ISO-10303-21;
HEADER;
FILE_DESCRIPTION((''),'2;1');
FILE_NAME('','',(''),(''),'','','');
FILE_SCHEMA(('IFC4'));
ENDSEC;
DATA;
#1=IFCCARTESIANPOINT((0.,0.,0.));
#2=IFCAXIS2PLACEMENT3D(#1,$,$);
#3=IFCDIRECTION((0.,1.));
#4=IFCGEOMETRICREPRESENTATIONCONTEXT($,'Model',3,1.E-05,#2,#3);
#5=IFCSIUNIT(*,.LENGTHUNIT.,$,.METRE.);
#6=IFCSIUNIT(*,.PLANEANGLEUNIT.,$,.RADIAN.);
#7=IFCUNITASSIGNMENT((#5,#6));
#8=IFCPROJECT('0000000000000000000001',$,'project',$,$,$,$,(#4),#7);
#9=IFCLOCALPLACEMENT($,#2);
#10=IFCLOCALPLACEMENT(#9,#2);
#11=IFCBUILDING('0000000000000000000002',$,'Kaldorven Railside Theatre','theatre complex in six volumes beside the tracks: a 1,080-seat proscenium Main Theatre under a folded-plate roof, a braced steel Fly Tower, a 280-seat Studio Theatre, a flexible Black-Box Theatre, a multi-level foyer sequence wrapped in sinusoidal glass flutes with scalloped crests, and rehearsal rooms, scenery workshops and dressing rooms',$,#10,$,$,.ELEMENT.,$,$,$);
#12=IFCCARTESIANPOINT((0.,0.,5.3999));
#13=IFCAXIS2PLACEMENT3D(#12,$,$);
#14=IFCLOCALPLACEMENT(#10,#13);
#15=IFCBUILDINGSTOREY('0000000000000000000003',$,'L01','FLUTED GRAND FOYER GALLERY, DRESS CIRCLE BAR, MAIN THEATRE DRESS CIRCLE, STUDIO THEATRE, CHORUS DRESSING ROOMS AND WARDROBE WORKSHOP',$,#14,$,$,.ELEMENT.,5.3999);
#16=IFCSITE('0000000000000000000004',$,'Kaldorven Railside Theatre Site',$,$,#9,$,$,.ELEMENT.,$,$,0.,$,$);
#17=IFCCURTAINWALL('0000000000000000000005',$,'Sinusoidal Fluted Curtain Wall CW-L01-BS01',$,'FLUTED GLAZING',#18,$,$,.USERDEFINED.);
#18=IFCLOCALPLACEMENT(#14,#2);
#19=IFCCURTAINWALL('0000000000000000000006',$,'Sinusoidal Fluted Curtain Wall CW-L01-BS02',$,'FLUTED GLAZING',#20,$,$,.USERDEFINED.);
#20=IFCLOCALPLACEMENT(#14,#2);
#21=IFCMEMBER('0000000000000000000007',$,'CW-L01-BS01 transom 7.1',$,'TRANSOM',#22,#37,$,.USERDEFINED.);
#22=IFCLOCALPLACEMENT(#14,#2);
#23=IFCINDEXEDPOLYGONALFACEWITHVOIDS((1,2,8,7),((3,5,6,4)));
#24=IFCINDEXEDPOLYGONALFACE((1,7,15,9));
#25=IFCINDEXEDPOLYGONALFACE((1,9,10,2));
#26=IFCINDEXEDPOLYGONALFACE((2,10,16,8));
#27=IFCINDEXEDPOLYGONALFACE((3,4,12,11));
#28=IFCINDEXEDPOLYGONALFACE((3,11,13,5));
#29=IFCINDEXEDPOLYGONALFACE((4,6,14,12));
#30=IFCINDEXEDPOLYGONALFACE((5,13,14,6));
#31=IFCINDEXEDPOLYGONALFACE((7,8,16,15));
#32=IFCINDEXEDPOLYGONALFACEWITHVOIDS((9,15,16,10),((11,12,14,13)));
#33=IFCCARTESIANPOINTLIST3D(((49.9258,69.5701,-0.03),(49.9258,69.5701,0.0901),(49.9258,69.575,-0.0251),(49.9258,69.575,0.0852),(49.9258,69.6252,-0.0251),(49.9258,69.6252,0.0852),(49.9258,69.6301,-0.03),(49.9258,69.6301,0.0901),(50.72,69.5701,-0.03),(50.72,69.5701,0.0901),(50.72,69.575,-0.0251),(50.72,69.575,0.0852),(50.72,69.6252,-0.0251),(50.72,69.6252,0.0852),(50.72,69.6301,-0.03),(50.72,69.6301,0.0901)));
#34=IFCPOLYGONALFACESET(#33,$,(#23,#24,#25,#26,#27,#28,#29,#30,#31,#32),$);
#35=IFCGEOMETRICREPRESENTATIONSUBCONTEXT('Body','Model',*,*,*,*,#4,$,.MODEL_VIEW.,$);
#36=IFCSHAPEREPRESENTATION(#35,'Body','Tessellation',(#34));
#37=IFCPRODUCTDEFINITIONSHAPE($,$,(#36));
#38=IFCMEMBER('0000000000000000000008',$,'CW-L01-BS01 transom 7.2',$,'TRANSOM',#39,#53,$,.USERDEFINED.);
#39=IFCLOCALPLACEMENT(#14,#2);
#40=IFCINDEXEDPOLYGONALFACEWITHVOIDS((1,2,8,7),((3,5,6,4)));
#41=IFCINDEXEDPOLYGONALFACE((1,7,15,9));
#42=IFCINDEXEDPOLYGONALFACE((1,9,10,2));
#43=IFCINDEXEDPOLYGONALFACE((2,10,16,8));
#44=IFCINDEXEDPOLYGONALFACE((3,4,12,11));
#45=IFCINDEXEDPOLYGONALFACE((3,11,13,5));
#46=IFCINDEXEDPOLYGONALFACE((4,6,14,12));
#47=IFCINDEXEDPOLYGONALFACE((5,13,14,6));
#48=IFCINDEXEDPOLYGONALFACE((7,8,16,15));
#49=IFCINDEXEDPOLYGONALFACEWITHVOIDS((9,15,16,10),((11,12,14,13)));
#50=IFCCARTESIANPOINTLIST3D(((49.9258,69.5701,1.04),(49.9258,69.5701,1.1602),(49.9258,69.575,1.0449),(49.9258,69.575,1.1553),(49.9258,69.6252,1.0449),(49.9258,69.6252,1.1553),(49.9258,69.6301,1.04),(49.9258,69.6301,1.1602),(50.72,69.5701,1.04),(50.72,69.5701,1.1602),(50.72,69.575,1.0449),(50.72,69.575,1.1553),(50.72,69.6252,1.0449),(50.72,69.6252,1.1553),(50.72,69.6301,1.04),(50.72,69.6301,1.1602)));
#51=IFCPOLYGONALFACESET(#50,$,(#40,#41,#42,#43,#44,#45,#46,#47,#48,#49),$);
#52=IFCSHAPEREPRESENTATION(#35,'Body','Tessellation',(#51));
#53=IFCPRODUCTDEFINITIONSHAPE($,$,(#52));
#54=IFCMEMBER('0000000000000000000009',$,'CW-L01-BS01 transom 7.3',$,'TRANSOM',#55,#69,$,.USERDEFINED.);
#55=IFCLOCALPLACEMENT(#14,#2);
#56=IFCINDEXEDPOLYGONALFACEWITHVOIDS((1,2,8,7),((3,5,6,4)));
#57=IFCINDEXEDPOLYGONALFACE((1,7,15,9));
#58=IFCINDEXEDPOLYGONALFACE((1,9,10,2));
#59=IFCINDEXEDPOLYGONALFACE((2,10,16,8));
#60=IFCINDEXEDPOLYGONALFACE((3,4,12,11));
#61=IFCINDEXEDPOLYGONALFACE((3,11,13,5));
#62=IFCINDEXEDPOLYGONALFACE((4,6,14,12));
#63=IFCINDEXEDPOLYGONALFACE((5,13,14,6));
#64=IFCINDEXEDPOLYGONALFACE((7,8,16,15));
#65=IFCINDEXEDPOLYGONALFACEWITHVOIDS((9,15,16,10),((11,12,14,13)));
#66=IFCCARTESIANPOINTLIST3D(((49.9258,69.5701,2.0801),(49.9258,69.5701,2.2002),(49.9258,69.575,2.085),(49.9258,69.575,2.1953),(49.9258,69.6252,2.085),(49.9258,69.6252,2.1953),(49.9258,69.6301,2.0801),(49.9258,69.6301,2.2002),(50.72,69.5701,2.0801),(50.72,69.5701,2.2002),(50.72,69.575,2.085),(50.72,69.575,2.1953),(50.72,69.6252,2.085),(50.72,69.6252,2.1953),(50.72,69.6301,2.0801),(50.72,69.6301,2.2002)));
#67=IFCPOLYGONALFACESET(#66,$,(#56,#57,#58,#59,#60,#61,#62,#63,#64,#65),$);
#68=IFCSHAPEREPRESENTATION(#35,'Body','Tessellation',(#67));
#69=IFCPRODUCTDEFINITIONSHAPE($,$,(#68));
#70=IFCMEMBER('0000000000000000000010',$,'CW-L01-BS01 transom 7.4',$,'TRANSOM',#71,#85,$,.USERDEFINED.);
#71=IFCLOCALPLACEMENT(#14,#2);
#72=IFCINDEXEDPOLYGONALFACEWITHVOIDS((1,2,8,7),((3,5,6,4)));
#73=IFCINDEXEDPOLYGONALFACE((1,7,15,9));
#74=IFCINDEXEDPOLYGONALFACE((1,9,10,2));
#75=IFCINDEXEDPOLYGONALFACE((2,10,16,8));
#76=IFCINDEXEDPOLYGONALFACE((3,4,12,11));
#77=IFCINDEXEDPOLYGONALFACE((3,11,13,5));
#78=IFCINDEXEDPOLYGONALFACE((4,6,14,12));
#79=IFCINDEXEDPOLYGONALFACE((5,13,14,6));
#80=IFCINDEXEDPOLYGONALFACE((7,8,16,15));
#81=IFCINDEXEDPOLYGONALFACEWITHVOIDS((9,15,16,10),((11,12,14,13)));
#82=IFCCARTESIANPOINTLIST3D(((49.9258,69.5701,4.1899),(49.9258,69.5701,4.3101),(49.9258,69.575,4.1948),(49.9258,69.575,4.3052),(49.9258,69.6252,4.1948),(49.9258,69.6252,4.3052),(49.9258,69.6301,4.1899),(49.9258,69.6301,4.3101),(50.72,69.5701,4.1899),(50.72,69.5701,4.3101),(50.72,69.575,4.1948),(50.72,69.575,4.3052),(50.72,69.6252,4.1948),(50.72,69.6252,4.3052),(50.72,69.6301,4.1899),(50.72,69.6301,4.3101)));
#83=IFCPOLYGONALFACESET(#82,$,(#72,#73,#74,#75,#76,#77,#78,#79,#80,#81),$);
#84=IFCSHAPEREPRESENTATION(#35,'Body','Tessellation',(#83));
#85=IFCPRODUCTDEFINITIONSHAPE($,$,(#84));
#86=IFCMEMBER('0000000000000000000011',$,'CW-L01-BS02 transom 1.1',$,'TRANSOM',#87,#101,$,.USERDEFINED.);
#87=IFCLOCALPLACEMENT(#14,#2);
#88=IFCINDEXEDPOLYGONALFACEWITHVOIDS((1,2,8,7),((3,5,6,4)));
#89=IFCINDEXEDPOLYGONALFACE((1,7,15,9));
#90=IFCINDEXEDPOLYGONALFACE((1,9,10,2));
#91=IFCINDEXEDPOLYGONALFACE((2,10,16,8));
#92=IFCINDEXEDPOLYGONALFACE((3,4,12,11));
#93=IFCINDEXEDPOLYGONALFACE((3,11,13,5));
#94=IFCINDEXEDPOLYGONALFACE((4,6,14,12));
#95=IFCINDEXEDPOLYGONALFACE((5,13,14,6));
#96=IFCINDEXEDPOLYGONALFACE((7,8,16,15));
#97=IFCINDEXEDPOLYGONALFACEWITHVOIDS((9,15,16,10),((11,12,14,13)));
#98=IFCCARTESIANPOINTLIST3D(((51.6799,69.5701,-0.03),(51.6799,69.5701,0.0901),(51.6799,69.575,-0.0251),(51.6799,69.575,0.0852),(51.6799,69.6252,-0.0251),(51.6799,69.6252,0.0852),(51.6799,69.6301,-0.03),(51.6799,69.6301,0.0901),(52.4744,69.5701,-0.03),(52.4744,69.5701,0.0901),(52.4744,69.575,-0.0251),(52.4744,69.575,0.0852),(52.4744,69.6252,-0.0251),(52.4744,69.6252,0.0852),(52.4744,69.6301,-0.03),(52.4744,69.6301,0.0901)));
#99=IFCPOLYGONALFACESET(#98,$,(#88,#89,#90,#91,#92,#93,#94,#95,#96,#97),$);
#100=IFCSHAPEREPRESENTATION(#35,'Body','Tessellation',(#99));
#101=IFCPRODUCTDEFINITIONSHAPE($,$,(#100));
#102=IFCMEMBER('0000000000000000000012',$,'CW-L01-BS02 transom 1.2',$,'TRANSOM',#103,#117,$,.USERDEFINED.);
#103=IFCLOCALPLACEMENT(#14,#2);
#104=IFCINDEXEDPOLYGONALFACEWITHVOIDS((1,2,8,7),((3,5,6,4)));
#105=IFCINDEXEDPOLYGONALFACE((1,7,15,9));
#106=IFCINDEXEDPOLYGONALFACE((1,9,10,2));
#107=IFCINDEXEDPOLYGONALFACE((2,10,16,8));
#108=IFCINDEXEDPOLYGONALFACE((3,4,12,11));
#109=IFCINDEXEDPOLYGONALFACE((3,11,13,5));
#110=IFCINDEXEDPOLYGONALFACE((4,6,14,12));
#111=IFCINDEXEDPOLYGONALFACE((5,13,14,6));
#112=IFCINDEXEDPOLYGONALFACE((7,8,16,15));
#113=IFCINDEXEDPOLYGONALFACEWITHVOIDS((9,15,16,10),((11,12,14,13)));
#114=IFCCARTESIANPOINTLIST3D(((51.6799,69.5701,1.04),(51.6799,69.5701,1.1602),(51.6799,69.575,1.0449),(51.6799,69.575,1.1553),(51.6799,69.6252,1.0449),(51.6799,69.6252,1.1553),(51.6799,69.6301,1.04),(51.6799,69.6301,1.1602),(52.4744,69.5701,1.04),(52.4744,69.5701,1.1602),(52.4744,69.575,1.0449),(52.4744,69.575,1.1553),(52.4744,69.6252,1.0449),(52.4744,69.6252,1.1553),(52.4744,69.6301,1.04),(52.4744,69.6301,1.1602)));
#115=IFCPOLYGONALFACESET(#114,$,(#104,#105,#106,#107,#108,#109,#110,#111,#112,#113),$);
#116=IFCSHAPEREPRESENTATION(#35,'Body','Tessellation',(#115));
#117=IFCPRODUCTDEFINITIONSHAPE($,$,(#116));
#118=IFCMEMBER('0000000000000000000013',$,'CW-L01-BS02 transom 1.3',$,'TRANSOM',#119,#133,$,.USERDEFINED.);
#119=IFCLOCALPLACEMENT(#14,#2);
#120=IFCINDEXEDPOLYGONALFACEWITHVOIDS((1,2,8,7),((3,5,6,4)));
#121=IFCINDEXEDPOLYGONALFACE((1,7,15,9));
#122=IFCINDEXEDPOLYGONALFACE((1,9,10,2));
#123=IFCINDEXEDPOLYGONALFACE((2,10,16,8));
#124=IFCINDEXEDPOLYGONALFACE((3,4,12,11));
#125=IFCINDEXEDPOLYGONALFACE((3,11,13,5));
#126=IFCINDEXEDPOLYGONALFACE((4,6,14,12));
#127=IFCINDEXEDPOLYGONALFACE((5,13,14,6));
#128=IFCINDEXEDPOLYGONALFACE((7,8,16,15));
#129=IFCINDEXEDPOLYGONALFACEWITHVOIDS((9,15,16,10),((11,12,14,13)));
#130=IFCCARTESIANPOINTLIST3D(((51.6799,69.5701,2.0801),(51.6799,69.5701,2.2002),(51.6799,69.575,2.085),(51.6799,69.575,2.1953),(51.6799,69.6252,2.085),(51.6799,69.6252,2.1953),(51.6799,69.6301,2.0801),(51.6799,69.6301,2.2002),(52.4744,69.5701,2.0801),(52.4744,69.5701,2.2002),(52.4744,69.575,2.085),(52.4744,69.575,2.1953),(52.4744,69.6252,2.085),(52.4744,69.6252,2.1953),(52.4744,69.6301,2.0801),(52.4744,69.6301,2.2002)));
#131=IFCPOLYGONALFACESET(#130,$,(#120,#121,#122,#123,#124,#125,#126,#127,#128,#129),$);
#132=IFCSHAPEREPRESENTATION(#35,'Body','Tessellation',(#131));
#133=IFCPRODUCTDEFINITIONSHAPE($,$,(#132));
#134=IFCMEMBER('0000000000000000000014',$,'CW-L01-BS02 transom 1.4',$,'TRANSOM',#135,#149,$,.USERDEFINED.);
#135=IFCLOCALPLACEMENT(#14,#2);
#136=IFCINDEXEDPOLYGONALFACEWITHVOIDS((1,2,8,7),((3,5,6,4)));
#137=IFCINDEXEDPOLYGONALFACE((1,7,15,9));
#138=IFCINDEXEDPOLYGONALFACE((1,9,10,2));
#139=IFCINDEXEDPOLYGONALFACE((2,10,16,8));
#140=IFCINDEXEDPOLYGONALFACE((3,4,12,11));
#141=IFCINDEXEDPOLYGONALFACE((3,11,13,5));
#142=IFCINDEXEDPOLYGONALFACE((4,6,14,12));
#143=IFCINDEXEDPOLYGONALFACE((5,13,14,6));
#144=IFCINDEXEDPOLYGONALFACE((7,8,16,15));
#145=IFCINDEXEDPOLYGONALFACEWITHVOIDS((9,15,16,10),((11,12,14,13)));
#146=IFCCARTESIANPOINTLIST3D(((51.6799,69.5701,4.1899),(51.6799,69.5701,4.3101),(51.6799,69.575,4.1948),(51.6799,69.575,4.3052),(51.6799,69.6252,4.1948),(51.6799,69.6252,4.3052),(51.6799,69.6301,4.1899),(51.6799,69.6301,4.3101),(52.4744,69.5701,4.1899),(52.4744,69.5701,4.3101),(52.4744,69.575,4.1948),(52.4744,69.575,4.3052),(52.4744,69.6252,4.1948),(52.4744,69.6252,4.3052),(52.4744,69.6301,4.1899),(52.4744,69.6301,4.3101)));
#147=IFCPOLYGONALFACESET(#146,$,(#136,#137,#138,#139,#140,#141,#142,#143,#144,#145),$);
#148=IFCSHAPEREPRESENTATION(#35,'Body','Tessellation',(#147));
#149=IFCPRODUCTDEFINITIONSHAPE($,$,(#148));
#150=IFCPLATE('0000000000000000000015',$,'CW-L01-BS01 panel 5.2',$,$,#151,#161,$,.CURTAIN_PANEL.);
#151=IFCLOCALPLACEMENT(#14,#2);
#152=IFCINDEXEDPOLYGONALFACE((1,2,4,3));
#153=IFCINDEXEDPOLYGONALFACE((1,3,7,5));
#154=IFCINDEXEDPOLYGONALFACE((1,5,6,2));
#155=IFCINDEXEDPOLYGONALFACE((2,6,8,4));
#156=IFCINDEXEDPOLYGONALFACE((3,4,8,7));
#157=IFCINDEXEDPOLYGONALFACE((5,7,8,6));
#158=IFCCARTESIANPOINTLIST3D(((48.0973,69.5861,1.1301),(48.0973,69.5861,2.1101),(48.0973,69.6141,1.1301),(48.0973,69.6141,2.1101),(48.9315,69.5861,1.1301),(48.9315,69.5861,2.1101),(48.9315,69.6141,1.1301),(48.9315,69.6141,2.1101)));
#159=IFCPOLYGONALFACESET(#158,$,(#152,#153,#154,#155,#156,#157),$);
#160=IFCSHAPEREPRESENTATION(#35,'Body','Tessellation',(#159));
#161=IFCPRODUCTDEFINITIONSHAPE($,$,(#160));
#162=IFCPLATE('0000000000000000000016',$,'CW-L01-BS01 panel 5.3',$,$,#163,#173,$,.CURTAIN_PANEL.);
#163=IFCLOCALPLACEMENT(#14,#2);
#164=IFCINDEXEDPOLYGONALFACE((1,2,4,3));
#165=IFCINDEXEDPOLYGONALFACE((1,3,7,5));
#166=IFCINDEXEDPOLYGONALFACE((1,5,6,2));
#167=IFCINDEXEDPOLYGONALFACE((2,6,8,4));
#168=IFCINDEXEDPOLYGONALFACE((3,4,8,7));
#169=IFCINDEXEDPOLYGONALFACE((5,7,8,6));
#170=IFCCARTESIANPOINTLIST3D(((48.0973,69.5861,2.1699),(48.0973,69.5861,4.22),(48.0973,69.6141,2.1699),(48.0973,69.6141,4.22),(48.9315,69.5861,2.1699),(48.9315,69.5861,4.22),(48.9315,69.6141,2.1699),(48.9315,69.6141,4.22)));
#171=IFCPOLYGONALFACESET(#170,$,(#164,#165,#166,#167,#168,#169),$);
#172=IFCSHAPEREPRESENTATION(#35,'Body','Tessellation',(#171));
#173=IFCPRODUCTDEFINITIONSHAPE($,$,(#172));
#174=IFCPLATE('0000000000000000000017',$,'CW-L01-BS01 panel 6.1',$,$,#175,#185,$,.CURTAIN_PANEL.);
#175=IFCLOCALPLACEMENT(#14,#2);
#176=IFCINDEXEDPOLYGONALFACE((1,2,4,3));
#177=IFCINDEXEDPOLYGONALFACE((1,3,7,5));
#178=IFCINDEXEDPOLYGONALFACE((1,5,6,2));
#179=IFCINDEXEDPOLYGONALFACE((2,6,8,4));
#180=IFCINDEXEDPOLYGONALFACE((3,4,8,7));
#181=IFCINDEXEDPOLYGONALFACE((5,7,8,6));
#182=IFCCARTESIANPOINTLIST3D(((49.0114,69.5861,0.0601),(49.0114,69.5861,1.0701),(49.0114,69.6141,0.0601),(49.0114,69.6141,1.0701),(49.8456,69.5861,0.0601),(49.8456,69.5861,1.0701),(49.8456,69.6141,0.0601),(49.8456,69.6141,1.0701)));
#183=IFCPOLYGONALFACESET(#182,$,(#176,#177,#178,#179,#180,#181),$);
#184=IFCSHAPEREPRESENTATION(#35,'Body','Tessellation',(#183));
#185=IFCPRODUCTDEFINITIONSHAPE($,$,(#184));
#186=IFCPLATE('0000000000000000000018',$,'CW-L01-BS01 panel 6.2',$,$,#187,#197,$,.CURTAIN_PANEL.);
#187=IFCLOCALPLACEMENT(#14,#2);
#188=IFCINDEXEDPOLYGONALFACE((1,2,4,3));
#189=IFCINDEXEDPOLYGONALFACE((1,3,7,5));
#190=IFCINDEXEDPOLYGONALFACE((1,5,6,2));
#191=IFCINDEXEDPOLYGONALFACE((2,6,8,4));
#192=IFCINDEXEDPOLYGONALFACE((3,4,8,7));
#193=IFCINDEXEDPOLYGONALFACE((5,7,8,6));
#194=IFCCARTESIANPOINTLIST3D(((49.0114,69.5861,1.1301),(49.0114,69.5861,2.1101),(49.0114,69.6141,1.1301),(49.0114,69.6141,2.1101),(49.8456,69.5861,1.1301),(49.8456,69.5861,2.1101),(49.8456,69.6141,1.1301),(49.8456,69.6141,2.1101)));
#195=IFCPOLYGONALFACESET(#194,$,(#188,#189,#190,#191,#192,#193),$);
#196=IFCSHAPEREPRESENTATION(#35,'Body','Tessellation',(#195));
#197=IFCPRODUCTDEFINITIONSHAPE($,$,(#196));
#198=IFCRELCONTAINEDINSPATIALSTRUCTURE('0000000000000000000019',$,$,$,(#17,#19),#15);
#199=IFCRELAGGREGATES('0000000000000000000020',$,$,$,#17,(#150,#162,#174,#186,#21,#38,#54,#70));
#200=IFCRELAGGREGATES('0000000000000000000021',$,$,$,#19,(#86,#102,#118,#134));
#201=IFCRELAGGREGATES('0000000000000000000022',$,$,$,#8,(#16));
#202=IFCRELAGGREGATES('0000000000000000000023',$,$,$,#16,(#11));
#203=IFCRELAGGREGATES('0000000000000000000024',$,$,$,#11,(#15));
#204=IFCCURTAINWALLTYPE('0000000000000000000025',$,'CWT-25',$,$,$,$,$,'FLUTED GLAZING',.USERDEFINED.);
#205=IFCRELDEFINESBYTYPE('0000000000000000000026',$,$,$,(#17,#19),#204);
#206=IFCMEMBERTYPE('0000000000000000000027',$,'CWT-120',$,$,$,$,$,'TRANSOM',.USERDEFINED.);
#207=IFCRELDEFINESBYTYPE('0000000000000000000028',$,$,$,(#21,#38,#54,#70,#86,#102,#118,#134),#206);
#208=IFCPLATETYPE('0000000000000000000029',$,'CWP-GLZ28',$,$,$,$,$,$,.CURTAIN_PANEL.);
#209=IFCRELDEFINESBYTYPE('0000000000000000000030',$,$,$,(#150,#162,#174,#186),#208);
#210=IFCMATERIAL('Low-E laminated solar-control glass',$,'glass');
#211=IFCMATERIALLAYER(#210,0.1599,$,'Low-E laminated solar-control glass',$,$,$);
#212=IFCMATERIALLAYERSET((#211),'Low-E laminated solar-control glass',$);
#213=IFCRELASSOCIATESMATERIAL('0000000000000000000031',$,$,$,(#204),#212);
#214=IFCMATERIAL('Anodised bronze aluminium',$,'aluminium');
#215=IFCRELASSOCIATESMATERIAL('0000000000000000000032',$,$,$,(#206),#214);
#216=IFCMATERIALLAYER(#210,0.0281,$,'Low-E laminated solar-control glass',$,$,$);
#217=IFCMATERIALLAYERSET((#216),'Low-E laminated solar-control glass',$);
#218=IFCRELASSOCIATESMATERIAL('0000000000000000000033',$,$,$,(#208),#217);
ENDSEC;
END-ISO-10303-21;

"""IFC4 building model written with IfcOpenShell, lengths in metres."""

from ifc_helpers import new_model, si_unit, direction, frame, origin, origin_2d, place, context, subcontext, project, spatial, rectangle, hollow_rectangle, extrude, material, layer, layer_set, material_profile, profile_set, type_object, element, aggregate, save


model = new_model("IFC4")

# Units and contexts
model_context = context("Model", 3, precision=1e-05, world=origin(), true_north=direction((0.0, 1.0)))
body_context = subcontext(model_context, "Body", "Model", "MODEL_VIEW")
ifc_project = project(units=[si_unit("LENGTHUNIT", "METRE"), si_unit("PLANEANGLEUNIT", "RADIAN")], contexts=[model_context])

# Site, building, storey
site_placement = place(None, origin())
site = spatial("IfcSite", under=ifc_project, at=site_placement, Name="Kaldorven Railside Theatre Site", CompositionType="ELEMENT", RefElevation=0.0)
building_placement = place(site_placement, origin())
building = spatial("IfcBuilding", under=site, at=building_placement, Name="Kaldorven Railside Theatre", Description="theatre complex in six volumes beside the tracks: a 1,080-seat proscenium Main Theatre under a folded-plate roof, a braced steel Fly Tower, a 280-seat Studio Theatre, a flexible Black-Box Theatre, a multi-level foyer sequence wrapped in sinusoidal glass flutes with scalloped crests, and rehearsal rooms, scenery workshops and dressing rooms", CompositionType="ELEMENT")
storey_placement = place(building_placement, frame((0.0, 0.0, 5.3999)))
storey = spatial("IfcBuildingStorey", under=building, at=storey_placement, Name="L01", Description="FLUTED GRAND FOYER GALLERY, DRESS CIRCLE BAR, MAIN THEATRE DRESS CIRCLE, STUDIO THEATRE, CHORUS DRESSING ROOMS AND WARDROBE WORKSHOP", CompositionType="ELEMENT", Elevation=5.3999)

# Curtain wall
ifc_material_1 = material(Name="Low-E laminated solar-control glass", Category="glass")
ifc_layer_1 = layer(ifc_material_1, 0.1599, Name="Low-E laminated solar-control glass")
ifc_layer_set_1 = layer_set([ifc_layer_1], Name="Low-E laminated solar-control glass")
curtain_wall_type = type_object("IfcCurtainWallType", Name="CWT-25", ElementType="FLUTED GLAZING", PredefinedType="USERDEFINED", material=ifc_layer_set_1)
curtain_wall_1_placement = place(storey_placement, origin())
curtain_wall_1 = element("IfcCurtainWall", 1, at=curtain_wall_1_placement, inside=storey, type_object=curtain_wall_type, Name="Sinusoidal Fluted Curtain Wall CW-L01-BS01", ObjectType="FLUTED GLAZING", PredefinedType="USERDEFINED")
ifc_material_2 = material(Name="Anodised bronze aluminium", Category="aluminium")

# Curtain wall
curtain_wall_2_placement = place(storey_placement, origin())
curtain_wall_2 = element("IfcCurtainWall", 2, at=curtain_wall_2_placement, inside=storey, type_object=curtain_wall_type, Name="Sinusoidal Fluted Curtain Wall CW-L01-BS02", ObjectType="FLUTED GLAZING", PredefinedType="USERDEFINED")

# Members
ifc_material_profile_1 = material_profile(ifc_material_2, hollow_rectangle(XDim=0.0601, YDim=0.1201, WallThickness=0.0049, at=origin_2d()), Name="RHS 120x60x5")
ifc_profile_set_1 = profile_set([ifc_material_profile_1], Name="Anodised bronze aluminium")
member_type_1 = type_object("IfcMemberType", Name="CWT-120", ElementType="TRANSOM", PredefinedType="USERDEFINED", material=ifc_profile_set_1)
member_1_placement = place(storey_placement, frame((49.9258, 69.6001, 0.03), z_axis=(1.0, 0.0, 0.0), x_axis=(0.0, 1.0, 0.0)))
member_1 = element("IfcMember", 3, at=member_1_placement, type_object=member_type_1, Name="CW-L01-BS01 transom 7.1", ObjectType="TRANSOM", PredefinedType="USERDEFINED", context=body_context, shape_type="SweptSolid", body=[
    extrude(hollow_rectangle(XDim=0.0601, YDim=0.1201, WallThickness=0.0049, at=origin_2d()), origin(), (0.0, 0.0, 1.0), 0.7942),
])
member_2_placement = place(storey_placement, frame((49.9258, 69.6001, 1.1001), z_axis=(1.0, 0.0, 0.0), x_axis=(0.0, 1.0, 0.0)))
member_2 = element("IfcMember", 4, at=member_2_placement, type_object=member_type_1, Name="CW-L01-BS01 transom 7.2", ObjectType="TRANSOM", PredefinedType="USERDEFINED", context=body_context, shape_type="SweptSolid", body=[
    extrude(hollow_rectangle(XDim=0.0601, YDim=0.1201, WallThickness=0.0049, at=origin_2d()), origin(), (0.0, 0.0, 1.0), 0.7942),
])
member_3_placement = place(storey_placement, frame((49.9258, 69.6001, 2.1401), z_axis=(1.0, 0.0, 0.0), x_axis=(0.0, 1.0, 0.0)))
member_3 = element("IfcMember", 5, at=member_3_placement, type_object=member_type_1, Name="CW-L01-BS01 transom 7.3", ObjectType="TRANSOM", PredefinedType="USERDEFINED", context=body_context, shape_type="SweptSolid", body=[
    extrude(hollow_rectangle(XDim=0.0601, YDim=0.1201, WallThickness=0.0049, at=origin_2d()), origin(), (0.0, 0.0, 1.0), 0.7942),
])
member_4_placement = place(storey_placement, frame((49.9258, 69.6001, 4.25), z_axis=(1.0, 0.0, 0.0), x_axis=(0.0, 1.0, 0.0)))
member_4 = element("IfcMember", 6, at=member_4_placement, type_object=member_type_1, Name="CW-L01-BS01 transom 7.4", ObjectType="TRANSOM", PredefinedType="USERDEFINED", context=body_context, shape_type="SweptSolid", body=[
    extrude(hollow_rectangle(XDim=0.0601, YDim=0.1201, WallThickness=0.0049, at=origin_2d()), origin(), (0.0, 0.0, 1.0), 0.7942),
])
member_5_placement = place(storey_placement, frame((51.6799, 69.6001, 0.03), z_axis=(1.0, 0.0, 0.0), x_axis=(0.0, 1.0, 0.0)))
member_5 = element("IfcMember", 7, at=member_5_placement, type_object=member_type_1, Name="CW-L01-BS02 transom 1.1", ObjectType="TRANSOM", PredefinedType="USERDEFINED", context=body_context, shape_type="SweptSolid", body=[
    extrude(hollow_rectangle(XDim=0.0601, YDim=0.1201, WallThickness=0.0049, at=origin_2d()), origin(), (0.0, 0.0, 1.0), 0.7944),
])
member_6_placement = place(storey_placement, frame((51.6799, 69.6001, 1.1001), z_axis=(1.0, 0.0, 0.0), x_axis=(0.0, 1.0, 0.0)))
member_6 = element("IfcMember", 8, at=member_6_placement, type_object=member_type_1, Name="CW-L01-BS02 transom 1.2", ObjectType="TRANSOM", PredefinedType="USERDEFINED", context=body_context, shape_type="SweptSolid", body=[
    extrude(hollow_rectangle(XDim=0.0601, YDim=0.1201, WallThickness=0.0049, at=origin_2d()), origin(), (0.0, 0.0, 1.0), 0.7944),
])
member_7_placement = place(storey_placement, frame((51.6799, 69.6001, 2.1401), z_axis=(1.0, 0.0, 0.0), x_axis=(0.0, 1.0, 0.0)))
member_7 = element("IfcMember", 9, at=member_7_placement, type_object=member_type_1, Name="CW-L01-BS02 transom 1.3", ObjectType="TRANSOM", PredefinedType="USERDEFINED", context=body_context, shape_type="SweptSolid", body=[
    extrude(hollow_rectangle(XDim=0.0601, YDim=0.1201, WallThickness=0.0049, at=origin_2d()), origin(), (0.0, 0.0, 1.0), 0.7944),
])
member_8_placement = place(storey_placement, frame((51.6799, 69.6001, 4.25), z_axis=(1.0, 0.0, 0.0), x_axis=(0.0, 1.0, 0.0)))
member_8 = element("IfcMember", 10, at=member_8_placement, type_object=member_type_1, Name="CW-L01-BS02 transom 1.4", ObjectType="TRANSOM", PredefinedType="USERDEFINED", context=body_context, shape_type="SweptSolid", body=[
    extrude(hollow_rectangle(XDim=0.0601, YDim=0.1201, WallThickness=0.0049, at=origin_2d()), origin(), (0.0, 0.0, 1.0), 0.7944),
])

# Plates
ifc_layer_2 = layer(ifc_material_1, 0.0281, Name="Low-E laminated solar-control glass")
ifc_layer_set_2 = layer_set([ifc_layer_2], Name="Low-E laminated solar-control glass")
plate_type = type_object("IfcPlateType", Name="CWP-GLZ28", PredefinedType="CURTAIN_PANEL", material=ifc_layer_set_2)
plate_1_placement = place(storey_placement, frame((48.5144, 69.6001, 1.1301), z_axis=(0.0, 0.0, 1.0), x_axis=(1.0, 0.0, 0.0)))
plate_1 = element("IfcPlate", 11, at=plate_1_placement, type_object=plate_type, Name="CW-L01-BS01 panel 5.2", PredefinedType="CURTAIN_PANEL", context=body_context, shape_type="SweptSolid", body=[
    extrude(rectangle(XDim=0.8342, YDim=0.0281, at=origin_2d()), origin(), (0.0, 0.0, 1.0), 0.98),
])
plate_2_placement = place(storey_placement, frame((48.5144, 69.6001, 2.1699), z_axis=(0.0, 0.0, 1.0), x_axis=(1.0, 0.0, 0.0)))
plate_2 = element("IfcPlate", 12, at=plate_2_placement, type_object=plate_type, Name="CW-L01-BS01 panel 5.3", PredefinedType="CURTAIN_PANEL", context=body_context, shape_type="SweptSolid", body=[
    extrude(rectangle(XDim=0.8342, YDim=0.0281, at=origin_2d()), origin(), (0.0, 0.0, 1.0), 2.05),
])
plate_3_placement = place(storey_placement, frame((49.4285, 69.6001, 0.0601), z_axis=(0.0, 0.0, 1.0), x_axis=(1.0, 0.0, 0.0)))
plate_3 = element("IfcPlate", 13, at=plate_3_placement, type_object=plate_type, Name="CW-L01-BS01 panel 6.1", PredefinedType="CURTAIN_PANEL", context=body_context, shape_type="SweptSolid", body=[
    extrude(rectangle(XDim=0.8342, YDim=0.0281, at=origin_2d()), origin(), (0.0, 0.0, 1.0), 1.01),
])
plate_4_placement = place(storey_placement, frame((49.4285, 69.6001, 1.1301), z_axis=(0.0, 0.0, 1.0), x_axis=(1.0, 0.0, 0.0)))
plate_4 = element("IfcPlate", 14, at=plate_4_placement, type_object=plate_type, Name="CW-L01-BS01 panel 6.2", PredefinedType="CURTAIN_PANEL", context=body_context, shape_type="SweptSolid", body=[
    extrude(rectangle(XDim=0.8342, YDim=0.0281, at=origin_2d()), origin(), (0.0, 0.0, 1.0), 0.98),
])
aggregate(curtain_wall_1, [plate_1, plate_2, plate_3, plate_4, member_1, member_2, member_3, member_4])
aggregate(curtain_wall_2, [member_5, member_6, member_7, member_8])

save(model, "model.ifc")
